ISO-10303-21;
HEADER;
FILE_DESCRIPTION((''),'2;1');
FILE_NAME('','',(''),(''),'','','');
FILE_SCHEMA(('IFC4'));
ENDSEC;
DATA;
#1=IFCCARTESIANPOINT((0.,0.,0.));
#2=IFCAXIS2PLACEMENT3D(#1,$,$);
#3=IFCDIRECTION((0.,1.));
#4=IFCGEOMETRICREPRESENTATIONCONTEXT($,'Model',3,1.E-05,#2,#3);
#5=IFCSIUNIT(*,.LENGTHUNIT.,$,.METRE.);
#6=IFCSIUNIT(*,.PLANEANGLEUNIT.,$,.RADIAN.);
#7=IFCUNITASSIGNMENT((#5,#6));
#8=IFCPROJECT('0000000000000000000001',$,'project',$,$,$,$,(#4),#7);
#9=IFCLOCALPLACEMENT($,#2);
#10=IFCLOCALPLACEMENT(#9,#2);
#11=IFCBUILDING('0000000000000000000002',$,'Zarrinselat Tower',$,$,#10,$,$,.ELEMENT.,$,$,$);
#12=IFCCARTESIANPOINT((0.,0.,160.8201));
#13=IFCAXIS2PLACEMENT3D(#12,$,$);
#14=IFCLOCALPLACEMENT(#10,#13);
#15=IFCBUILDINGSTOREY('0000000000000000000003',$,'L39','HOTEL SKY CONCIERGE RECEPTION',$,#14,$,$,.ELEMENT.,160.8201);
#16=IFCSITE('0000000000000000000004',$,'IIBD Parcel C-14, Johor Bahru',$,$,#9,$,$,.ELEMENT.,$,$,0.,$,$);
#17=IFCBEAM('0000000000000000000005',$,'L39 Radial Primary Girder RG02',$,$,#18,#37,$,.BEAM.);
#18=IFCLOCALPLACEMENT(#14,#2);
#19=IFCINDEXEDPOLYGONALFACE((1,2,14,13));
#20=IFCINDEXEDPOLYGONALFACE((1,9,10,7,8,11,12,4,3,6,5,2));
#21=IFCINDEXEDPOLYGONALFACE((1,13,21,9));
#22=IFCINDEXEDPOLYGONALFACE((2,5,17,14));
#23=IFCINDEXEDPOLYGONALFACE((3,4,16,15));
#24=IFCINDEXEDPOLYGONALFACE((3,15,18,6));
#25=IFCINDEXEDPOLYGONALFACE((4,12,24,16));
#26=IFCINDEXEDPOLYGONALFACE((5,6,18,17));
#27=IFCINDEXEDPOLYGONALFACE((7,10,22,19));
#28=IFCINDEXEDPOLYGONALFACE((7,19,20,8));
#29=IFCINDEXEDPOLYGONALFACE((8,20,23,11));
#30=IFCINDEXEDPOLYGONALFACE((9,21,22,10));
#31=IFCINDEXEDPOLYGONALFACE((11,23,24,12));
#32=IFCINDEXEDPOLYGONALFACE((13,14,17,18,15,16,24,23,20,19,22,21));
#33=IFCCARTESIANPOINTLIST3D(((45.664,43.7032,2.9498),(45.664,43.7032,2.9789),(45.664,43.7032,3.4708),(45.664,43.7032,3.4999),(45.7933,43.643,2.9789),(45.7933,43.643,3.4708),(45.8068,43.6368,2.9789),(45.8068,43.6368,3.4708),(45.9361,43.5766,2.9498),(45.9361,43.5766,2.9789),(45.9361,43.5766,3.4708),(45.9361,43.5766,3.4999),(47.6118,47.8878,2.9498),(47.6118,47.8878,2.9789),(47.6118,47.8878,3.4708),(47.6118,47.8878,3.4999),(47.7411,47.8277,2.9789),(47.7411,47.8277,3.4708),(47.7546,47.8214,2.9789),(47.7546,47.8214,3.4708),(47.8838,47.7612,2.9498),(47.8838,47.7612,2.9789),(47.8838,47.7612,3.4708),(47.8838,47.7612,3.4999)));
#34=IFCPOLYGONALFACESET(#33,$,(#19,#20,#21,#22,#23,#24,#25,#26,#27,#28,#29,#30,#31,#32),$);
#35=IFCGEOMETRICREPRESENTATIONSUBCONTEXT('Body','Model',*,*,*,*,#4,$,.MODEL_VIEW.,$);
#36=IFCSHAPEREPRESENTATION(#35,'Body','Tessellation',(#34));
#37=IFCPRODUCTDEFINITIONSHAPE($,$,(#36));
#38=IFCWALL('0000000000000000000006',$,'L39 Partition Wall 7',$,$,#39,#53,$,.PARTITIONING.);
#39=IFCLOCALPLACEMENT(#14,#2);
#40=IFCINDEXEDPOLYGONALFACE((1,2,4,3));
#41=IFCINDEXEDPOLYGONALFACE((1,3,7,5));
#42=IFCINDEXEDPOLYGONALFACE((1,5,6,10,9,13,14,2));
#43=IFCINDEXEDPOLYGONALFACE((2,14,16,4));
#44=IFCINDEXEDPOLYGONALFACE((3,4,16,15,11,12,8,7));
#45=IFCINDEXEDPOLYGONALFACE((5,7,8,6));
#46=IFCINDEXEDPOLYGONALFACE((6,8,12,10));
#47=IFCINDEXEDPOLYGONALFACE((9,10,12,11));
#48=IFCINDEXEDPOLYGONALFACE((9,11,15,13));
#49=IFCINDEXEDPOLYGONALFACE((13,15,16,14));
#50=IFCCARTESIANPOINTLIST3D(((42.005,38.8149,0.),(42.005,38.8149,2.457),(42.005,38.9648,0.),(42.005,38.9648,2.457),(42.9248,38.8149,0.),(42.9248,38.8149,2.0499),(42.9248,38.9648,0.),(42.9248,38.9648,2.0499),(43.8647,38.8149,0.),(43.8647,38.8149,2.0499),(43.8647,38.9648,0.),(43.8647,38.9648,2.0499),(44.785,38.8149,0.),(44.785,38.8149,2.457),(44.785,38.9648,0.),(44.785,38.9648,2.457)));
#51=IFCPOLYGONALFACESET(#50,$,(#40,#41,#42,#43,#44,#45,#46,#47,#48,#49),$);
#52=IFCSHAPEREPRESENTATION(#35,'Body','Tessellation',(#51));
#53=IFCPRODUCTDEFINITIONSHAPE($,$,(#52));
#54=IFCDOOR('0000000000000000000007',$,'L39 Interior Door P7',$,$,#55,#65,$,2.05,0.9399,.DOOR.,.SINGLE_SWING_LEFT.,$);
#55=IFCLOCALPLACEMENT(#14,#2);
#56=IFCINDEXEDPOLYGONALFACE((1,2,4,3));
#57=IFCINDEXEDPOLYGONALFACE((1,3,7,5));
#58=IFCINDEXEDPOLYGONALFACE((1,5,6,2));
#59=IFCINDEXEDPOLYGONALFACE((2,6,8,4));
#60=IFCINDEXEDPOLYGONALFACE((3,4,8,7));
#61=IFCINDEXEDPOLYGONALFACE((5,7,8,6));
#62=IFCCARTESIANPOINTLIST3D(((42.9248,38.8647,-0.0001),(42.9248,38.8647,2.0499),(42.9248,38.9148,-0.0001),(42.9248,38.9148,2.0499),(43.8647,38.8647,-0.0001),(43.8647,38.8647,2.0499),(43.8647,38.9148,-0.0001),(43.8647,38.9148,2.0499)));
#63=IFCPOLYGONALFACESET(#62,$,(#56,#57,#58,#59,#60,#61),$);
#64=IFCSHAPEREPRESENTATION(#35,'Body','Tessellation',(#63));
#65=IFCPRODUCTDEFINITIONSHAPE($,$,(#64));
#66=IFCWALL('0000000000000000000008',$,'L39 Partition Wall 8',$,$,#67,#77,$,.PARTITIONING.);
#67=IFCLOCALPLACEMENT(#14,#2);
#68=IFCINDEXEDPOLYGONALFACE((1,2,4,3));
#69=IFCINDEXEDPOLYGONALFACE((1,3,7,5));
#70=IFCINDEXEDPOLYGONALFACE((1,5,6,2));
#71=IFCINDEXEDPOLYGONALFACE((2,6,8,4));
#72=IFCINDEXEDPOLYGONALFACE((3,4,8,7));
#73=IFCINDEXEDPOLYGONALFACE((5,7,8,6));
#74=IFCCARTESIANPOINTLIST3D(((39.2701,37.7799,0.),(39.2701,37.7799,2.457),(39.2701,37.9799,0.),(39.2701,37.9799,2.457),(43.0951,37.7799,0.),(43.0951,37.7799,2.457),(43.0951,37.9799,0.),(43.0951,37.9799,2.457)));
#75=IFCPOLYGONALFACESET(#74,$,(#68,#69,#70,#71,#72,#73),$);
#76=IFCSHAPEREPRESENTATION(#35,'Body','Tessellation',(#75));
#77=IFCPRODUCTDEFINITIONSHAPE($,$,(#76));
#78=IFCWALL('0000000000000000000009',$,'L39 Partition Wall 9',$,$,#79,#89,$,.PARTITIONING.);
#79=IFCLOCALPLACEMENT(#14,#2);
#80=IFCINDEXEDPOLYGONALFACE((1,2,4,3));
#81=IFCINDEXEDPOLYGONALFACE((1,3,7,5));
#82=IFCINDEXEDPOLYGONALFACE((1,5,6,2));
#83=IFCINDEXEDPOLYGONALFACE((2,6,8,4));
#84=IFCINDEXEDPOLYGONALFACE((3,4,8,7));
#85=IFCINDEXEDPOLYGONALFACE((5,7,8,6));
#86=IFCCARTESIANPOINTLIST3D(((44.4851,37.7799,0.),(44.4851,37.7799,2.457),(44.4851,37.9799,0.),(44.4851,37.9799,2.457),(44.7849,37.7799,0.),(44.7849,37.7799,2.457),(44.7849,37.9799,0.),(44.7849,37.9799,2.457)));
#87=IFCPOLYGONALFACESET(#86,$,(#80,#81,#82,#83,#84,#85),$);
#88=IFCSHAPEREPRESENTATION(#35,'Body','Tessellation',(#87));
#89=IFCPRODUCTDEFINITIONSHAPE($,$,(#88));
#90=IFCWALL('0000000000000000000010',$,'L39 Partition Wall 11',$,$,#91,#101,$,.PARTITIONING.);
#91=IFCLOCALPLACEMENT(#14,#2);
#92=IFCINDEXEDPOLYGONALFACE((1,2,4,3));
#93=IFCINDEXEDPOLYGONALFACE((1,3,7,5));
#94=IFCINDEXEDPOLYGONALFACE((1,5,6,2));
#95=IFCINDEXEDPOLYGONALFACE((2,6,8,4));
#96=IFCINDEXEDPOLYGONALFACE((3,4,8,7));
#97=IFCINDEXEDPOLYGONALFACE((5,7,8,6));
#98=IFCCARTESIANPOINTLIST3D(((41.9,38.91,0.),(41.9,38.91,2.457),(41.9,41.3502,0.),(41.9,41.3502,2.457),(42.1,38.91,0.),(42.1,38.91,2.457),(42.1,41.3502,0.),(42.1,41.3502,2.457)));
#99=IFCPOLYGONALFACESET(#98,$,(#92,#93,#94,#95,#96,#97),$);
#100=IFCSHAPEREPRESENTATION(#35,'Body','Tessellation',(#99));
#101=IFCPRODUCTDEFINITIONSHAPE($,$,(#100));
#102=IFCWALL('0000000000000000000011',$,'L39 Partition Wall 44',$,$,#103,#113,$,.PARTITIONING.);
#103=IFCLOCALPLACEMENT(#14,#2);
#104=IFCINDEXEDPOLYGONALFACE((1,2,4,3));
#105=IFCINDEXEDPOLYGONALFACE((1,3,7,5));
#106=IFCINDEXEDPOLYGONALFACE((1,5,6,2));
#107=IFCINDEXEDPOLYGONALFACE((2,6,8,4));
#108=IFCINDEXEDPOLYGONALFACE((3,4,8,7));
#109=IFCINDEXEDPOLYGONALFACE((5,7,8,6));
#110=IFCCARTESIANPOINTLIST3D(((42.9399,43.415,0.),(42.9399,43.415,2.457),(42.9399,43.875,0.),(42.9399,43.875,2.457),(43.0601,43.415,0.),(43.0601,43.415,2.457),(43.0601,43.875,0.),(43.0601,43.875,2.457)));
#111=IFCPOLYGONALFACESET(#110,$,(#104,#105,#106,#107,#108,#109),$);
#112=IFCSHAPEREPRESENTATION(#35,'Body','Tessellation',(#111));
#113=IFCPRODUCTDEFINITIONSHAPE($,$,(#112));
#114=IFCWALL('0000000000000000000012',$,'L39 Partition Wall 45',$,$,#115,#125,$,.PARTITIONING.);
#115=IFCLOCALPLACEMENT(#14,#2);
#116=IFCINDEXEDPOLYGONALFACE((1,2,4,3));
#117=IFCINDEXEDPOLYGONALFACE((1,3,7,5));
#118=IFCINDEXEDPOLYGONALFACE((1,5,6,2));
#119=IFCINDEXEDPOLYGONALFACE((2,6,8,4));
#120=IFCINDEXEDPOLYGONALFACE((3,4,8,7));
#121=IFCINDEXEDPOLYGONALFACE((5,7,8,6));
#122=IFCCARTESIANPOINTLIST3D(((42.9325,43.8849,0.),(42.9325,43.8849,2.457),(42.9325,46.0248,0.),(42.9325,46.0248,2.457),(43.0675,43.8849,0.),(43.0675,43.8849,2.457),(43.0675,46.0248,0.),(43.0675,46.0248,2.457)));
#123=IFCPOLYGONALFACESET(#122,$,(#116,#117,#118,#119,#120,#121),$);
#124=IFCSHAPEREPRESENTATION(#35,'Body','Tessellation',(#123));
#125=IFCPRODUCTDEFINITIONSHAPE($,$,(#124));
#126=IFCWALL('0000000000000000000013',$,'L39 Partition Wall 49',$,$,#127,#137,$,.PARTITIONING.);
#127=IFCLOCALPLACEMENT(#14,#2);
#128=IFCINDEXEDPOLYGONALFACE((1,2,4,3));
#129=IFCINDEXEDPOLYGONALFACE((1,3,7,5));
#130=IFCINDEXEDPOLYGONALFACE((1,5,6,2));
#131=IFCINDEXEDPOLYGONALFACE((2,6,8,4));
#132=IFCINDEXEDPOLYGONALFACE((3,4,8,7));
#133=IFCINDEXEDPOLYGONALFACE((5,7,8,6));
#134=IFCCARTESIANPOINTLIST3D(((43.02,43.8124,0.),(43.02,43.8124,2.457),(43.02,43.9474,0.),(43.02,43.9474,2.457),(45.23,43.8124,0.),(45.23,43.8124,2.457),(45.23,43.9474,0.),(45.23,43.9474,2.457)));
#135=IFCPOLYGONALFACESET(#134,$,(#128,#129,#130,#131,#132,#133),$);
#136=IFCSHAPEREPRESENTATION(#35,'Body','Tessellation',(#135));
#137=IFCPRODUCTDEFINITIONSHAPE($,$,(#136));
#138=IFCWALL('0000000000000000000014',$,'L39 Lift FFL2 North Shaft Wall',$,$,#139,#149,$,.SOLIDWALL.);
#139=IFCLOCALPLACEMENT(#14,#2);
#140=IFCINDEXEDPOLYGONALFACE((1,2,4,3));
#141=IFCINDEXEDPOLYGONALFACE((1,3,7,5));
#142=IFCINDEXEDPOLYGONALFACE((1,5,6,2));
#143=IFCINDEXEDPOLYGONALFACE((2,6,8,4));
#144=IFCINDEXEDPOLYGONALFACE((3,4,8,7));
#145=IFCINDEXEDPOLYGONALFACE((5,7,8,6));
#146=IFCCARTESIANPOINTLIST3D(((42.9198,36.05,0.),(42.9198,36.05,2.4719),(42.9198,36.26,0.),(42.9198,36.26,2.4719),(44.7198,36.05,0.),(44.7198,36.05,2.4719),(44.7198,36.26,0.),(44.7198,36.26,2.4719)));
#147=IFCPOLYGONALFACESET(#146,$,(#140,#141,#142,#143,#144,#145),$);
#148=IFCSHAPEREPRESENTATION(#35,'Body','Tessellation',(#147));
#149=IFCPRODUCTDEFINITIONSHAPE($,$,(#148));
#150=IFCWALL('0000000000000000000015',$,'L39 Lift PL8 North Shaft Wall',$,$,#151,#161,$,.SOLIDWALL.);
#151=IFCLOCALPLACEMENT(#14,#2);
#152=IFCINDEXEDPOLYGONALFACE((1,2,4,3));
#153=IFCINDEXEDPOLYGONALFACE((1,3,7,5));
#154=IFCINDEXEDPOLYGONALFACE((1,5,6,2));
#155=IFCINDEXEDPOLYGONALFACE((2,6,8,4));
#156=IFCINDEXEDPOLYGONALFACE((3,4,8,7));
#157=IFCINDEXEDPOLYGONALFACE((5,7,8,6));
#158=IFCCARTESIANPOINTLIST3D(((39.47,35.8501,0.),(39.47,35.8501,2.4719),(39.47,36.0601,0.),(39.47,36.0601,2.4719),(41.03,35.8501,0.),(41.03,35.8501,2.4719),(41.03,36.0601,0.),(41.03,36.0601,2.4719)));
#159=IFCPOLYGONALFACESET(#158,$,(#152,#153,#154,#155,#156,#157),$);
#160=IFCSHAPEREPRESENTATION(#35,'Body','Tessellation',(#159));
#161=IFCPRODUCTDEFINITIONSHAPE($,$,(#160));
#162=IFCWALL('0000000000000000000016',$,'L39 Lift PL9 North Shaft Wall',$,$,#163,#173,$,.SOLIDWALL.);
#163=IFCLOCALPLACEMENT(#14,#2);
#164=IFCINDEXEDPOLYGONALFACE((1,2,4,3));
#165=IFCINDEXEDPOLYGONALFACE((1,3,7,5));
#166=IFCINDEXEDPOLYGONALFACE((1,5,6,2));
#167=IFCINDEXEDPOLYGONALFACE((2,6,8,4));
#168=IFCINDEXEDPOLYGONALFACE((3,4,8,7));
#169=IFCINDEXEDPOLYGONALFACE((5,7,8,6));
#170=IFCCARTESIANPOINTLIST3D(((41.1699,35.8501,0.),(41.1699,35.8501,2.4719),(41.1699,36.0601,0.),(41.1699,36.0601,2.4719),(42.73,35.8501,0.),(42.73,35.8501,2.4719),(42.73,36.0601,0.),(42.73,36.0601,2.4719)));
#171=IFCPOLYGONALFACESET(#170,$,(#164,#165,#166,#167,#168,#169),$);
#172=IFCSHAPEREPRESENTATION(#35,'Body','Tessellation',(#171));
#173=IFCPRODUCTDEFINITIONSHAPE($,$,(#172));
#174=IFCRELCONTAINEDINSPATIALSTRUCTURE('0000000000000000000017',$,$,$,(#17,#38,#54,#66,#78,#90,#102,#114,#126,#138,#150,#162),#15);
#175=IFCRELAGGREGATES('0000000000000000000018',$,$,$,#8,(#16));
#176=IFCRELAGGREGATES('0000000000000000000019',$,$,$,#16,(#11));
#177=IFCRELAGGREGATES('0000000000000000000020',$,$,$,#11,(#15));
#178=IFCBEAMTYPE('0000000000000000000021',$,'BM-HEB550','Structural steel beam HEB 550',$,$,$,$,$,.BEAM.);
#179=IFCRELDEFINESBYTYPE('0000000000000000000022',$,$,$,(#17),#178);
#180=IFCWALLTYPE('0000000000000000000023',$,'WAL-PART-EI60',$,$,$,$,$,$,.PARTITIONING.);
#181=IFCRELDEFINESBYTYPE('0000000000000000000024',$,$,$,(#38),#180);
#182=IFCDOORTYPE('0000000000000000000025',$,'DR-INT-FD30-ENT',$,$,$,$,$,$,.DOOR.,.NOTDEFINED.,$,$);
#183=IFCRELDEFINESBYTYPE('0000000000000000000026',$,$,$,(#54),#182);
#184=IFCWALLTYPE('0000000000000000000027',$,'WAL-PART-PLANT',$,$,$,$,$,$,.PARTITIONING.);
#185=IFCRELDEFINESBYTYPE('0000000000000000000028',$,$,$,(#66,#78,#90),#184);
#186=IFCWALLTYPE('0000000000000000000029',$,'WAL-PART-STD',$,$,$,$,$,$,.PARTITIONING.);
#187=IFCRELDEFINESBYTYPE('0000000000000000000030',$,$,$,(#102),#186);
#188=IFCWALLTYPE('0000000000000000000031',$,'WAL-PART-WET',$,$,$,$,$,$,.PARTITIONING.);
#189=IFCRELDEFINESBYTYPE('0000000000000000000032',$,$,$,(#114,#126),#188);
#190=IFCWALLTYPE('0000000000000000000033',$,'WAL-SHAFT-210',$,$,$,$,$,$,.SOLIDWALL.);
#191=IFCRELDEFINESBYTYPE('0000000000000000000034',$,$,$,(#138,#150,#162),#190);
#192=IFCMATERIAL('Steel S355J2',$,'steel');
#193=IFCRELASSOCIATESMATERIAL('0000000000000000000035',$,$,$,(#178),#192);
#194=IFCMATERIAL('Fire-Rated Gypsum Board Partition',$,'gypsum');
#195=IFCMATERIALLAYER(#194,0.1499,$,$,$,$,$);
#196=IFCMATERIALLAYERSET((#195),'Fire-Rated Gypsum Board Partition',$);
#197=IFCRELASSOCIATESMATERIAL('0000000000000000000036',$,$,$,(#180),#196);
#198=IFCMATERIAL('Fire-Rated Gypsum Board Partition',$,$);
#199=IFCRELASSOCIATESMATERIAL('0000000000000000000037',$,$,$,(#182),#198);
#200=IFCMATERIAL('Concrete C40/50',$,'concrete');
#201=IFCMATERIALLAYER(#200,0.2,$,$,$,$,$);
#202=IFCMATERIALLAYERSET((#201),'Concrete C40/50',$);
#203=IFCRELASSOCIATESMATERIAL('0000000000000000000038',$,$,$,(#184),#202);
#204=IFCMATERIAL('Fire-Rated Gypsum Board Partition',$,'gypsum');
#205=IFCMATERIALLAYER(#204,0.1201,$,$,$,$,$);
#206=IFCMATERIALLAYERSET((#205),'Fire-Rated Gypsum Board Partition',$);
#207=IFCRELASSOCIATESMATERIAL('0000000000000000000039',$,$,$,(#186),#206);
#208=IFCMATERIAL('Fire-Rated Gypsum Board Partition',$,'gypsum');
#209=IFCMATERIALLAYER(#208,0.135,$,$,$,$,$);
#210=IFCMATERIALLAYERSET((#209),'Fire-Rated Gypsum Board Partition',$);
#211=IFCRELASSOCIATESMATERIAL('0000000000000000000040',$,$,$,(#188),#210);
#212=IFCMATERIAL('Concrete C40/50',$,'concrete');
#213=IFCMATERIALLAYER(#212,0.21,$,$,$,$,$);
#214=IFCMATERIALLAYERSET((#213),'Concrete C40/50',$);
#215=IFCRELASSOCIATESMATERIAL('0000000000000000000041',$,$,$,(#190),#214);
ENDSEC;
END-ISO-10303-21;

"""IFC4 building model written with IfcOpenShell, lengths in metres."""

from ifc_helpers import new_model, si_unit, direction, frame, frame_2d, origin, origin_2d, place, context, subcontext, project, spatial, rectangle, i_section, extrude, material, layer, layer_set, material_profile, profile_set, type_object, element, fill, save


model = new_model("IFC4")

# Units and contexts
model_context = context("Model", 3, precision=1e-05, world=origin(), true_north=direction((0.0, 1.0)))
body_context = subcontext(model_context, "Body", "Model", "MODEL_VIEW")
ifc_project = project(units=[si_unit("LENGTHUNIT", "METRE"), si_unit("PLANEANGLEUNIT", "RADIAN")], contexts=[model_context])

# Site, building, storey
site_placement = place(None, origin())
site = spatial("IfcSite", under=ifc_project, at=site_placement, Name="IIBD Parcel C-14, Johor Bahru", CompositionType="ELEMENT", RefElevation=0.0)
building_placement = place(site_placement, origin())
building = spatial("IfcBuilding", under=site, at=building_placement, Name="Zarrinselat Tower", CompositionType="ELEMENT")
storey_placement = place(building_placement, frame((0.0, 0.0, 160.8201)))
storey = spatial("IfcBuildingStorey", under=building, at=storey_placement, Name="L39", Description="HOTEL SKY CONCIERGE RECEPTION", CompositionType="ELEMENT", Elevation=160.8201)

# Beam
ifc_material_1 = material(Name="Steel S355J2", Category="steel")
ifc_material_profile = material_profile(ifc_material_1, i_section(OverallWidth=0.3, OverallDepth=0.55, WebThickness=0.0149, FlangeThickness=0.0291, at=origin_2d()), Name="HEB 550")
ifc_profile_set = profile_set([ifc_material_profile], Name="Steel S355J2")
beam_type = type_object("IfcBeamType", Name="BM-HEB550", Description="Structural steel beam HEB 550", PredefinedType="BEAM", material=ifc_profile_set)
beam_placement = place(storey_placement, frame((45.8, 43.6399, 3.2249), z_axis=(0.421988, 0.906602, 0.0), x_axis=(-0.906602, 0.421988, 0.0)))
element("IfcBeam", 1, at=beam_placement, inside=storey, type_object=beam_type, Name="L39 Radial Primary Girder RG02", PredefinedType="BEAM", context=body_context, shape_type="SweptSolid", body=[
    extrude(i_section(OverallWidth=0.3, OverallDepth=0.55, WebThickness=0.0149, FlangeThickness=0.0291, at=origin_2d()), origin(), (0.0, 0.0, 1.0), 4.6157),
])

# Wall, opening, door
ifc_material_2 = material(Name="Fire-Rated Gypsum Board Partition", Category="gypsum")
ifc_layer_1 = layer(ifc_material_2, 0.1499)
ifc_layer_set_1 = layer_set([ifc_layer_1], Name="Fire-Rated Gypsum Board Partition")
wall_type_1 = type_object("IfcWallType", Name="WAL-PART-EI60", PredefinedType="PARTITIONING", material=ifc_layer_set_1)
wall_1_placement = place(storey_placement, frame((42.0049, 38.8899, 0.0), z_axis=(0.0, 0.0, 1.0), x_axis=(1.0, 0.0, 0.0)))
wall_1 = element("IfcWall", 2, at=wall_1_placement, inside=storey, type_object=wall_type_1, Name="L39 Partition Wall 7", PredefinedType="PARTITIONING", context=body_context, shape_type="SweptSolid", body=[
    extrude(rectangle(XDim=2.78, YDim=0.1499, at=frame_2d((1.3901, 0.0))), origin(), (0.0, 0.0, 1.0), 2.457),
])
opening_placement = place(wall_1_placement, frame((0.9199, 0.0, 0.0)))
opening = element("IfcOpeningElement", 3, at=opening_placement, cuts=wall_1, PredefinedType="OPENING", context=body_context, shape_type="SweptSolid", body=[
    extrude(rectangle(XDim=0.9399, YDim=2.05, at=frame_2d((0.47, 1.0249))), frame((0.0, 0.085, 0.0), z_axis=(0.0, -1.0, 0.0), x_axis=(1.0, 0.0, 0.0)), (0.0, 0.0, 1.0), 0.1699),
])
ifc_material_3 = material(Name="Fire-Rated Gypsum Board Partition")
door_type = type_object("IfcDoorType", Name="DR-INT-FD30-ENT", OperationType="NOTDEFINED", PredefinedType="DOOR", material=ifc_material_3)
door_placement = place(opening_placement, origin())
door = element("IfcDoor", 4, at=door_placement, inside=storey, type_object=door_type, Name="L39 Interior Door P7", OperationType="SINGLE_SWING_LEFT", OverallHeight=2.05, OverallWidth=0.9399, PredefinedType="DOOR", context=body_context, shape_type="SweptSolid", body=[
    extrude(rectangle(XDim=0.9399, YDim=2.05, at=frame_2d((0.47, 1.0249))), frame((0.0, 0.0249, 0.0), z_axis=(0.0, -1.0, 0.0), x_axis=(1.0, 0.0, 0.0)), (0.0, 0.0, 1.0), 0.05),
])
fill(opening, door)

# Walls
ifc_material_4 = material(Name="Concrete C40/50", Category="concrete")
ifc_layer_2 = layer(ifc_material_4, 0.2)
ifc_layer_set_2 = layer_set([ifc_layer_2], Name="Concrete C40/50")
wall_type_2 = type_object("IfcWallType", Name="WAL-PART-PLANT", PredefinedType="PARTITIONING", material=ifc_layer_set_2)
wall_2_placement = place(storey_placement, frame((39.27, 37.8799, 0.0), z_axis=(0.0, 0.0, 1.0), x_axis=(1.0, 0.0, 0.0)))
element("IfcWall", 5, at=wall_2_placement, inside=storey, type_object=wall_type_2, Name="L39 Partition Wall 8", PredefinedType="PARTITIONING", context=body_context, shape_type="SweptSolid", body=[
    extrude(rectangle(XDim=3.825, YDim=0.2, at=frame_2d((1.9126, 0.0))), origin(), (0.0, 0.0, 1.0), 2.457),
])
wall_3_placement = place(storey_placement, frame((44.4851, 37.8799, 0.0), z_axis=(0.0, 0.0, 1.0), x_axis=(1.0, 0.0, 0.0)))
element("IfcWall", 6, at=wall_3_placement, inside=storey, type_object=wall_type_2, Name="L39 Partition Wall 9", PredefinedType="PARTITIONING", context=body_context, shape_type="SweptSolid", body=[
    extrude(rectangle(XDim=0.2998, YDim=0.2, at=frame_2d((0.1499, 0.0))), origin(), (0.0, 0.0, 1.0), 2.457),
])
wall_4_placement = place(storey_placement, frame((42.0, 38.9099, 0.0), z_axis=(0.0, 0.0, 1.0), x_axis=(0.0, 1.0, 0.0)))
element("IfcWall", 7, at=wall_4_placement, inside=storey, type_object=wall_type_2, Name="L39 Partition Wall 11", PredefinedType="PARTITIONING", context=body_context, shape_type="SweptSolid", body=[
    extrude(rectangle(XDim=2.4402, YDim=0.2, at=frame_2d((1.2202, 0.0))), origin(), (0.0, 0.0, 1.0), 2.457),
])
ifc_material_5 = material(Name="Fire-Rated Gypsum Board Partition", Category="gypsum")
ifc_layer_3 = layer(ifc_material_5, 0.1201)
ifc_layer_set_3 = layer_set([ifc_layer_3], Name="Fire-Rated Gypsum Board Partition")
wall_type_3 = type_object("IfcWallType", Name="WAL-PART-STD", PredefinedType="PARTITIONING", material=ifc_layer_set_3)
wall_5_placement = place(storey_placement, frame((43.0, 43.415, 0.0), z_axis=(0.0, 0.0, 1.0), x_axis=(0.0, 1.0, 0.0)))
element("IfcWall", 8, at=wall_5_placement, inside=storey, type_object=wall_type_3, Name="L39 Partition Wall 44", PredefinedType="PARTITIONING", context=body_context, shape_type="SweptSolid", body=[
    extrude(rectangle(XDim=0.46, YDim=0.1201, at=frame_2d((0.23, 0.0))), origin(), (0.0, 0.0, 1.0), 2.457),
])
ifc_material_6 = material(Name="Fire-Rated Gypsum Board Partition", Category="gypsum")
ifc_layer_4 = layer(ifc_material_6, 0.135)
ifc_layer_set_4 = layer_set([ifc_layer_4], Name="Fire-Rated Gypsum Board Partition")
wall_type_4 = type_object("IfcWallType", Name="WAL-PART-WET", PredefinedType="PARTITIONING", material=ifc_layer_set_4)
wall_6_placement = place(storey_placement, frame((43.0, 43.885, 0.0), z_axis=(0.0, 0.0, 1.0), x_axis=(0.0, 1.0, 0.0)))
element("IfcWall", 9, at=wall_6_placement, inside=storey, type_object=wall_type_4, Name="L39 Partition Wall 45", PredefinedType="PARTITIONING", context=body_context, shape_type="SweptSolid", body=[
    extrude(rectangle(XDim=2.1399, YDim=0.135, at=frame_2d((1.0698, 0.0))), origin(), (0.0, 0.0, 1.0), 2.457),
])
wall_7_placement = place(storey_placement, frame((43.02, 43.8799, 0.0), z_axis=(0.0, 0.0, 1.0), x_axis=(1.0, 0.0, 0.0)))
element("IfcWall", 10, at=wall_7_placement, inside=storey, type_object=wall_type_4, Name="L39 Partition Wall 49", PredefinedType="PARTITIONING", context=body_context, shape_type="SweptSolid", body=[
    extrude(rectangle(XDim=2.21, YDim=0.135, at=frame_2d((1.105, 0.0))), origin(), (0.0, 0.0, 1.0), 2.457),
])
ifc_material_7 = material(Name="Concrete C40/50", Category="concrete")
ifc_layer_5 = layer(ifc_material_7, 0.21)
ifc_layer_set_5 = layer_set([ifc_layer_5], Name="Concrete C40/50")
wall_type_5 = type_object("IfcWallType", Name="WAL-SHAFT-210", PredefinedType="SOLIDWALL", material=ifc_layer_set_5)
wall_8_placement = place(storey_placement, frame((42.9199, 36.155, 0.0), z_axis=(0.0, 0.0, 1.0), x_axis=(1.0, 0.0, 0.0)))
element("IfcWall", 11, at=wall_8_placement, inside=storey, type_object=wall_type_5, Name="L39 Lift FFL2 North Shaft Wall", PredefinedType="SOLIDWALL", context=body_context, shape_type="SweptSolid", body=[
    extrude(rectangle(XDim=1.8, YDim=0.21, at=frame_2d((0.8999, 0.0))), origin(), (0.0, 0.0, 1.0), 2.4719),
])
for number, where, z_axis, x_axis, name in (
    (12, (39.47, 35.9551, 0.0), (0.0, 0.0, 1.0), (1.0, 0.0, 0.0), "L39 Lift PL8 North Shaft Wall"),
    (13, (41.1699, 35.9551, 0.0), (0.0, 0.0, 1.0), (1.0, 0.0, 0.0), "L39 Lift PL9 North Shaft Wall"),
):
    element("IfcWall", number, at=place(storey_placement, frame(where, z_axis=z_axis, x_axis=x_axis)), inside=storey, type_object=wall_type_5, Name=name, PredefinedType="SOLIDWALL", context=body_context, shape_type="SweptSolid", body=[
        extrude(rectangle(XDim=1.5601, YDim=0.21, at=frame_2d((0.78, 0.0))), origin(), (0.0, 0.0, 1.0), 2.4719),
    ])

save(model, "model.ifc")
